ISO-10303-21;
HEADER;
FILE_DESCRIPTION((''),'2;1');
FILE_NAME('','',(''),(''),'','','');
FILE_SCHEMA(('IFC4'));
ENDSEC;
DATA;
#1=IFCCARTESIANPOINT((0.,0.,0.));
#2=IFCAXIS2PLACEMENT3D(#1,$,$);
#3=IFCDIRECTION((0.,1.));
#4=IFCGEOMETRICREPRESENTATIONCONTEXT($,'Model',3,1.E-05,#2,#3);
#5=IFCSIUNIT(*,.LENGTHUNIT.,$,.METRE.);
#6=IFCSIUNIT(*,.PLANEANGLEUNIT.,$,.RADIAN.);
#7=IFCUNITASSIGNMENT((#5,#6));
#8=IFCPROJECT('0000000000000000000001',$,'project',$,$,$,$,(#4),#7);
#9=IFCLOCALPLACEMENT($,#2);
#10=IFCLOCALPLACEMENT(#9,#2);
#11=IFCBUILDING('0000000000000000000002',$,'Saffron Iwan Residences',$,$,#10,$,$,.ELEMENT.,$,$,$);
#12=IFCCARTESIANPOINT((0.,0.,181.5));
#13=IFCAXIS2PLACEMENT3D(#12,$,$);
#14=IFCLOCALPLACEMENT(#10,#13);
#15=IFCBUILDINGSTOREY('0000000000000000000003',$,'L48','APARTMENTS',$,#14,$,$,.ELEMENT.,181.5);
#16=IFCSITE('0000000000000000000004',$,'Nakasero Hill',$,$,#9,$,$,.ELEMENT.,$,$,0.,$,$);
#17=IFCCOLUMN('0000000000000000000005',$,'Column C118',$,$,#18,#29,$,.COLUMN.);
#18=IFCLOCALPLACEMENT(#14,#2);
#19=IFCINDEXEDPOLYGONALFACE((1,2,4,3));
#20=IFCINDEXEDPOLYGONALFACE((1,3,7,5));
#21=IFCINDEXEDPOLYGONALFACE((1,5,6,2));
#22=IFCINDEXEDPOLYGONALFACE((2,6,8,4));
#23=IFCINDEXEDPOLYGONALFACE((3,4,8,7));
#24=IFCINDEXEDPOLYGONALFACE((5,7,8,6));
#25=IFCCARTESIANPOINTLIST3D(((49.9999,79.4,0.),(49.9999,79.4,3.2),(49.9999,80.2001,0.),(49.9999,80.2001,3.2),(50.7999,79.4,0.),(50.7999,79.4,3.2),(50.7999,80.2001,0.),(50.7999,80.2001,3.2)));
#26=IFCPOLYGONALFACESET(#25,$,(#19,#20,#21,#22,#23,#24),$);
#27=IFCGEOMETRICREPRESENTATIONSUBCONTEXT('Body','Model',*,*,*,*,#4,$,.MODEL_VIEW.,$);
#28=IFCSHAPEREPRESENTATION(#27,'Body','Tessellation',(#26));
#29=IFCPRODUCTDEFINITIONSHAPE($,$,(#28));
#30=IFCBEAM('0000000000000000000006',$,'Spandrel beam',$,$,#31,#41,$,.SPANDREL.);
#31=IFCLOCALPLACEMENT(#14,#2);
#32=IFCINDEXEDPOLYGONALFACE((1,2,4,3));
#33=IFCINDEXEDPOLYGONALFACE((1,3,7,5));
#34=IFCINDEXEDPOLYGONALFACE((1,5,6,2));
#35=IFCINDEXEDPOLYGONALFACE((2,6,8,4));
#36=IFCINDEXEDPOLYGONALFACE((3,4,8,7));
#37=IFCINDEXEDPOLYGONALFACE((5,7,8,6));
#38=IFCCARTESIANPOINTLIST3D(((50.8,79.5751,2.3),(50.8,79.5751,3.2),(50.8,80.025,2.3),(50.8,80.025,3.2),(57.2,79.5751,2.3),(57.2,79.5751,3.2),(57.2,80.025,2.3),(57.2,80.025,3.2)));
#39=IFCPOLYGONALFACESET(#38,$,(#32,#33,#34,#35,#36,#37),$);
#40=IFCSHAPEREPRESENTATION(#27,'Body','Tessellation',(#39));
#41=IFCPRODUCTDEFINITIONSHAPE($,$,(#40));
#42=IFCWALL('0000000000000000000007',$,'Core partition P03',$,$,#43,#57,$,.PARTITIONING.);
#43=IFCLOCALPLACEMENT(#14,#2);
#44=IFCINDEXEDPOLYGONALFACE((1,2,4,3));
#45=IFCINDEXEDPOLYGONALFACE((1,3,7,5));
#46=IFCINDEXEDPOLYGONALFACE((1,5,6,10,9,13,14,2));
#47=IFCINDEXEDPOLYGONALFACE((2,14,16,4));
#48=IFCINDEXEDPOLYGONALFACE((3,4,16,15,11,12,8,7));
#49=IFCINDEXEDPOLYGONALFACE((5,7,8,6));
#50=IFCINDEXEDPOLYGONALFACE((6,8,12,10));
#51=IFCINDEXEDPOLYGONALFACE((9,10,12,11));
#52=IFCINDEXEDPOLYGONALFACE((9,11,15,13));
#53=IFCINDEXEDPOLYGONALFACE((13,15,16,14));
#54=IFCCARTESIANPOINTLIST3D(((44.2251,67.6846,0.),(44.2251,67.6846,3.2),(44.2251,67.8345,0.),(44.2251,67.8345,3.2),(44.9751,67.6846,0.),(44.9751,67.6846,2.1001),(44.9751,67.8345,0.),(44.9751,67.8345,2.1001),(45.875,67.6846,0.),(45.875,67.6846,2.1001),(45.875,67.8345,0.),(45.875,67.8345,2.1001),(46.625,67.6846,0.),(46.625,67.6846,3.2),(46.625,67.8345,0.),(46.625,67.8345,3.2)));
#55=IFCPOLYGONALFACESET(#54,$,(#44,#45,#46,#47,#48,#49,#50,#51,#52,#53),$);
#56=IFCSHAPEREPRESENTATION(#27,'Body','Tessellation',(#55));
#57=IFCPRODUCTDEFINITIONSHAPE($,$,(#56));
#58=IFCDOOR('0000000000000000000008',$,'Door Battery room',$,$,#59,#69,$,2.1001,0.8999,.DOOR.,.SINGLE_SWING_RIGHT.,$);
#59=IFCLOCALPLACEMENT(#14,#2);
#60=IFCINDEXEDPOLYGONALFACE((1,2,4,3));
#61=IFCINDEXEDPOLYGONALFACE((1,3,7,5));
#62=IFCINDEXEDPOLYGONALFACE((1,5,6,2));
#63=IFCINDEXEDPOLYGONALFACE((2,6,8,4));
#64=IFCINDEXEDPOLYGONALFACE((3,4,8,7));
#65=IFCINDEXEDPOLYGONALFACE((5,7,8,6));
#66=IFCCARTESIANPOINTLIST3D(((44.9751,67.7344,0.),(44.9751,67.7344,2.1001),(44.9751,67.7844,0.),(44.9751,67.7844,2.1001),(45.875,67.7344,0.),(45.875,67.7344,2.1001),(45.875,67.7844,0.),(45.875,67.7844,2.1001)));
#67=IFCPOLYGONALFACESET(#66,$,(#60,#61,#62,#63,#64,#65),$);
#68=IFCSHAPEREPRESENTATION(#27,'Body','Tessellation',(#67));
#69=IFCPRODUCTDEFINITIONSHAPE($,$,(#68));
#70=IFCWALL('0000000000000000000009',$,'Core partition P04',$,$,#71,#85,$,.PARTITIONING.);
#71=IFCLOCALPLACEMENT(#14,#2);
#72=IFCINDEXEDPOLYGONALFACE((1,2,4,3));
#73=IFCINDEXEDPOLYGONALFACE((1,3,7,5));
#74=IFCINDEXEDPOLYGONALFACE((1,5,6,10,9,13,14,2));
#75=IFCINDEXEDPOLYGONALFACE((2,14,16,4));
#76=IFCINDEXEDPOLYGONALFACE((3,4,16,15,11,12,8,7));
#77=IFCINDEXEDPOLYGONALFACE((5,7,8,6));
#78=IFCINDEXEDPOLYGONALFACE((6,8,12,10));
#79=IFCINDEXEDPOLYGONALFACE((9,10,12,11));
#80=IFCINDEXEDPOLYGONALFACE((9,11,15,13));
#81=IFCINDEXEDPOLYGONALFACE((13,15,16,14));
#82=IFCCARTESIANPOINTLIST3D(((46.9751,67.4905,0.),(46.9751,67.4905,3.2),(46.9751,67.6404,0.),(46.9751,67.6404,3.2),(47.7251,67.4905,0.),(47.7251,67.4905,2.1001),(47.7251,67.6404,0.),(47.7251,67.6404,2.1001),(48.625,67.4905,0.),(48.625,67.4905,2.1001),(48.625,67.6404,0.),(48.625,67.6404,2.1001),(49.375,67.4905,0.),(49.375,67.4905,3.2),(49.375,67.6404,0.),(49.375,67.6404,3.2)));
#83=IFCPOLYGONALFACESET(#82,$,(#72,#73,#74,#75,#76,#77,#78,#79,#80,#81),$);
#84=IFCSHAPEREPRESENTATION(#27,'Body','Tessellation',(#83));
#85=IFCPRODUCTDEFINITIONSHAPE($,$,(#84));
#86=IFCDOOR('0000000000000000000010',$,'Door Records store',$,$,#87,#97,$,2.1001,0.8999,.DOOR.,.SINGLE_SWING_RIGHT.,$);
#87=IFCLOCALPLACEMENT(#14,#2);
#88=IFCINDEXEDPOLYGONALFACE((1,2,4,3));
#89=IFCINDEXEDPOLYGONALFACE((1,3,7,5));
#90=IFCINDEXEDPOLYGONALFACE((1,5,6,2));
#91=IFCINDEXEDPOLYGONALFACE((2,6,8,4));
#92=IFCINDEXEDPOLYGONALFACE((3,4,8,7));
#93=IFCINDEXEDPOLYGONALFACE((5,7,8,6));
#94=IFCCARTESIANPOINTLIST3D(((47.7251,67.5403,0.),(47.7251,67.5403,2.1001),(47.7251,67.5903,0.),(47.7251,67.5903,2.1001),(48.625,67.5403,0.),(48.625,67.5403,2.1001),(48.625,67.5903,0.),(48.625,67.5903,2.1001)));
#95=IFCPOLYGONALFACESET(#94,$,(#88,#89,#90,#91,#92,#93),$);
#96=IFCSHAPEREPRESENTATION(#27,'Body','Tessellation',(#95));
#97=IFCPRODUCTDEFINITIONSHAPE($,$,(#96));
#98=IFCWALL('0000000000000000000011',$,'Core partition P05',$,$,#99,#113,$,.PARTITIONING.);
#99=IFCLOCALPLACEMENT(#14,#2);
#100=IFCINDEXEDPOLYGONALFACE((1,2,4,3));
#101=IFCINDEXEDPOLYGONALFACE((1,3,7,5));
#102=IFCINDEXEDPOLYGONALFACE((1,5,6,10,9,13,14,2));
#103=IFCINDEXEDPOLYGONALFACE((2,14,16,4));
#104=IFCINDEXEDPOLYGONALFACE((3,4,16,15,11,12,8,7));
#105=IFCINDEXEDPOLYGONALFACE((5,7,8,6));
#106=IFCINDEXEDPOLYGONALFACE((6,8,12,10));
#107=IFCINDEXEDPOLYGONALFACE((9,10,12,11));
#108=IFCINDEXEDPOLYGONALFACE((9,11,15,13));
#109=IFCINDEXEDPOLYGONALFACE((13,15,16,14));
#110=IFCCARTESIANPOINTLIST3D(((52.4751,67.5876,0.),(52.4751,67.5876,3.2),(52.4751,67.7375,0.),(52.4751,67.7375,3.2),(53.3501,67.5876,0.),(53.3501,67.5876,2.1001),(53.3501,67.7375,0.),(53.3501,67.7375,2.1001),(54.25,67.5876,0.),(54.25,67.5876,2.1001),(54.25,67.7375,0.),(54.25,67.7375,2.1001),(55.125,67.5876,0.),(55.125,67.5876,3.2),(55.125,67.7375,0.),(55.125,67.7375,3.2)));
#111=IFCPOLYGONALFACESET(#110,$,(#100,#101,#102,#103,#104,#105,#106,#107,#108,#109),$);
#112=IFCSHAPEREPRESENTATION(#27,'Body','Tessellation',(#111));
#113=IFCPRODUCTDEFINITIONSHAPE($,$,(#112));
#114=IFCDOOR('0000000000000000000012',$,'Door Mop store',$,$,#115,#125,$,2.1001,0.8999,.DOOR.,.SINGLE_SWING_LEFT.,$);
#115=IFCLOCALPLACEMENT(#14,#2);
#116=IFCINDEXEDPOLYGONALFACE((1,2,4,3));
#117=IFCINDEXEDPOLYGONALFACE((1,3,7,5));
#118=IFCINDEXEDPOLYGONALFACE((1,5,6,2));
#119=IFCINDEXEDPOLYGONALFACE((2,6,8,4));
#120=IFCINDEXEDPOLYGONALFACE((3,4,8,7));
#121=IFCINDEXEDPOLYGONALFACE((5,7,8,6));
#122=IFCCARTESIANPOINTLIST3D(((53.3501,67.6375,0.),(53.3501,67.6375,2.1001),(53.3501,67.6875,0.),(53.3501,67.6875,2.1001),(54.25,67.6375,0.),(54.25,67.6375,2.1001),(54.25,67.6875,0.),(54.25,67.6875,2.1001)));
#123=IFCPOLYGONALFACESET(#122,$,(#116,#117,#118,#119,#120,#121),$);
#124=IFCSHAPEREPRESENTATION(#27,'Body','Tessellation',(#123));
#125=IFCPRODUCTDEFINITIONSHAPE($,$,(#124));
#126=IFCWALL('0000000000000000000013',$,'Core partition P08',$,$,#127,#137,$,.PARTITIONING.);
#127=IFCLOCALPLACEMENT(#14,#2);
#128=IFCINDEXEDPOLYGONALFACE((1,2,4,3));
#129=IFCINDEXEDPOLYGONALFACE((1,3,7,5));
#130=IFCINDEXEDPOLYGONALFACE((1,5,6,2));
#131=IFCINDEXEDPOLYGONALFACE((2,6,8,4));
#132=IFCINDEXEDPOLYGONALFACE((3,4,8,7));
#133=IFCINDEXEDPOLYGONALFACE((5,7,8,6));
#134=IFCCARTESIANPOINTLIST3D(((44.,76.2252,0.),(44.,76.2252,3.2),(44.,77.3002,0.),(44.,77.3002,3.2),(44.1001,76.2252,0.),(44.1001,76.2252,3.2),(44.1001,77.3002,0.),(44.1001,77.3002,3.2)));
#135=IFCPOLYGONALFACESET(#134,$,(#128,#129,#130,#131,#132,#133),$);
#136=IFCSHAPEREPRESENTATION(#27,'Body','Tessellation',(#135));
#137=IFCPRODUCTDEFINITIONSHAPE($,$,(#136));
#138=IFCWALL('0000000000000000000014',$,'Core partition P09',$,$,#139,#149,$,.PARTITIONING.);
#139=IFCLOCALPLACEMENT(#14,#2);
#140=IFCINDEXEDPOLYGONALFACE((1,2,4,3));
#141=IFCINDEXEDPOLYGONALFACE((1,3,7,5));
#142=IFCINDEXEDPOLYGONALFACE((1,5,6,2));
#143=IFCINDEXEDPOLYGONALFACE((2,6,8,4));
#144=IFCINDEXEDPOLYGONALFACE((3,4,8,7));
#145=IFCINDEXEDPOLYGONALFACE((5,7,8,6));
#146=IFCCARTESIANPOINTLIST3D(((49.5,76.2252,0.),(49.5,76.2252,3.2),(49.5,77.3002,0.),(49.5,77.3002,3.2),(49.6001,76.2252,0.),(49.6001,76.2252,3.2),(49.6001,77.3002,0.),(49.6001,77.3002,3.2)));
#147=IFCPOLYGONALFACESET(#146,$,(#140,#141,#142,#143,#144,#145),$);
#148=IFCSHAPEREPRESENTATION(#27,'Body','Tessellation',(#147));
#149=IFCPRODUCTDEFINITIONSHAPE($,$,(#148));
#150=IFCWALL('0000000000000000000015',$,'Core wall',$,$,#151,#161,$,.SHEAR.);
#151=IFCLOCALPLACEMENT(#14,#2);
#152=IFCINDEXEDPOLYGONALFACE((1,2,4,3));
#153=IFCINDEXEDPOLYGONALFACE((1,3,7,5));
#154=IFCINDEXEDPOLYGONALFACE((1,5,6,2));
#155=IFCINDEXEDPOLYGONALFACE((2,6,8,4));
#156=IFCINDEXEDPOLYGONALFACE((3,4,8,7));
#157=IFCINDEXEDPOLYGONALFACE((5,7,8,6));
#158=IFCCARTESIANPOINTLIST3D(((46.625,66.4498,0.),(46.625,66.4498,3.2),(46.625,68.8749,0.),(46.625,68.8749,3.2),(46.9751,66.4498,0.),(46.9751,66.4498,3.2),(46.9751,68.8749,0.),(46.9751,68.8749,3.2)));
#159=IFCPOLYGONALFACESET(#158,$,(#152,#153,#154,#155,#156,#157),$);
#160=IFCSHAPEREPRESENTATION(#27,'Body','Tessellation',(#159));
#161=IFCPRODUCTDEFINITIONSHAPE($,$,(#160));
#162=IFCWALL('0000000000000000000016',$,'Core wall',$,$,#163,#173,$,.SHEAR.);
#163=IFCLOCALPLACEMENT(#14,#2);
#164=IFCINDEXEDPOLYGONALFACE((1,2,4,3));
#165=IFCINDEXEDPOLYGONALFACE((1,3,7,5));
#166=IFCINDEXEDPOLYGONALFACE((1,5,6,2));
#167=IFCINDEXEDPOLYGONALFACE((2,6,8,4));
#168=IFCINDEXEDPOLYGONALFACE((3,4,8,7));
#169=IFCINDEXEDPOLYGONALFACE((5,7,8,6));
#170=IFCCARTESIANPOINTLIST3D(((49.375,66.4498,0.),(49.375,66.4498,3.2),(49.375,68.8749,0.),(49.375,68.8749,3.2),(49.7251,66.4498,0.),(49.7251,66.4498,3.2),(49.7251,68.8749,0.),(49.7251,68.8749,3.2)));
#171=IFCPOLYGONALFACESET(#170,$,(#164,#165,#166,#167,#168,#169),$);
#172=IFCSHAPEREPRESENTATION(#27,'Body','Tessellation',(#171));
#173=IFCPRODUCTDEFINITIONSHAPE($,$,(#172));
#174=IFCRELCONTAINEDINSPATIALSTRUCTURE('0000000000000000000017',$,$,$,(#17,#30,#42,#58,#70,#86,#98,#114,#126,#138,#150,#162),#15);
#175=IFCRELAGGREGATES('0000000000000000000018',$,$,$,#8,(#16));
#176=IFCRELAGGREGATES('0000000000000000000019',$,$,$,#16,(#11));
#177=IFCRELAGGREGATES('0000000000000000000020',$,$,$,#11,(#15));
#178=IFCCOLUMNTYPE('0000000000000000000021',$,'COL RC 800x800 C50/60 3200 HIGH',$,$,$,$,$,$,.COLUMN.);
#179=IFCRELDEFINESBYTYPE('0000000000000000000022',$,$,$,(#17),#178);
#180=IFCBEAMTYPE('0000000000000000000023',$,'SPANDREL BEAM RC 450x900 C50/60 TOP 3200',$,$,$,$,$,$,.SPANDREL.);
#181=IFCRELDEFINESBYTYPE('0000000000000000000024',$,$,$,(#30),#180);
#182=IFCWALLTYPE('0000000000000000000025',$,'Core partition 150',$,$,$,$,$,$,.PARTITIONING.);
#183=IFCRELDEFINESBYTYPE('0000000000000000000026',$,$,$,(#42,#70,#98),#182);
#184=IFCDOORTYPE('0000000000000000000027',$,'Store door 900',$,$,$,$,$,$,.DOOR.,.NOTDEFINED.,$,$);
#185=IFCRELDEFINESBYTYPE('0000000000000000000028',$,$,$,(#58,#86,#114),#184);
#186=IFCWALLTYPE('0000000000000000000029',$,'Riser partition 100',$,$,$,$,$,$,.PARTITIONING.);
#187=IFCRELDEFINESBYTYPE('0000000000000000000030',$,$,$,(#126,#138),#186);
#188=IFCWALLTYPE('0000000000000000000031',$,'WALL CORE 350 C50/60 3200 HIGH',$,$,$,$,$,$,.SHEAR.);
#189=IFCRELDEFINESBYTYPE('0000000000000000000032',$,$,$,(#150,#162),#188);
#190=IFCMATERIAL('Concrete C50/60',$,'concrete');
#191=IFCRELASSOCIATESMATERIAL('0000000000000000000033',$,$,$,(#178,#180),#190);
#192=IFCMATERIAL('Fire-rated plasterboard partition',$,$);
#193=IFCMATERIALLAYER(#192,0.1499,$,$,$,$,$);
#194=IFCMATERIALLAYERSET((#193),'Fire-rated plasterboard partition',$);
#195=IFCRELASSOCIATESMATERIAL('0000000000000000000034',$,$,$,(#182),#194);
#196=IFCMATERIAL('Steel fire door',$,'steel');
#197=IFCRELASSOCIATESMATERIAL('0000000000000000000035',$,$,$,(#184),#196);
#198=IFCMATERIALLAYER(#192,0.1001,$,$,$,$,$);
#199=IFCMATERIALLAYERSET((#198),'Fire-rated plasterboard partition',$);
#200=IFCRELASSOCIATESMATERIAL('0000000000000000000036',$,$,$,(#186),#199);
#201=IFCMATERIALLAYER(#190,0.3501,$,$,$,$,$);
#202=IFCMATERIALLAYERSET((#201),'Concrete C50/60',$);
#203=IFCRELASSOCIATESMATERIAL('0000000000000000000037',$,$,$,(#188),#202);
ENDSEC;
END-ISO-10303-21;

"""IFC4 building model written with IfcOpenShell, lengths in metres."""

from ifc_helpers import new_model, si_unit, direction, frame, frame_2d, origin, origin_2d, place, context, subcontext, project, spatial, rectangle, extrude, source, transform, mapped, material, layer, layer_set, material_profile, profile_set, type_object, element, fill, save


model = new_model("IFC4")

# Units and contexts
model_context = context("Model", 3, precision=1e-05, world=origin(), true_north=direction((0.0, 1.0)))
body_context = subcontext(model_context, "Body", "Model", "MODEL_VIEW")
ifc_project = project(units=[si_unit("LENGTHUNIT", "METRE"), si_unit("PLANEANGLEUNIT", "RADIAN")], contexts=[model_context])

# Site, building, storey
site_placement = place(None, origin())
site = spatial("IfcSite", under=ifc_project, at=site_placement, Name="Nakasero Hill", CompositionType="ELEMENT", RefElevation=0.0)
building_placement = place(site_placement, origin())
building = spatial("IfcBuilding", under=site, at=building_placement, Name="Saffron Iwan Residences", CompositionType="ELEMENT")
storey_placement = place(building_placement, frame((0.0, 0.0, 181.5)))
storey = spatial("IfcBuildingStorey", under=building, at=storey_placement, Name="L48", Description="APARTMENTS", CompositionType="ELEMENT", Elevation=181.5)

# Column
ifc_material_1 = material(Name="Concrete C50/60", Category="concrete")
ifc_material_profile_1 = material_profile(ifc_material_1, rectangle(XDim=0.8, YDim=0.8, at=origin_2d()), Name="RC 800x800")
ifc_profile_set_1 = profile_set([ifc_material_profile_1], Name="Concrete C50/60")
column_type = type_object("IfcColumnType", Name="COL RC 800x800 C50/60 3200 HIGH", PredefinedType="COLUMN", material=ifc_profile_set_1)
shared_shape_1 = source(origin(), body_context, "Body", "SweptSolid", [
    extrude(rectangle(XDim=0.8, YDim=0.8, at=origin_2d()), origin(), (0.0, 0.0, 1.0), 3.2),
])
column_placement = place(storey_placement, frame((50.3999, 79.8, 0.0), z_axis=(0.0, 0.0, 1.0), x_axis=(1.0, 0.0, 0.0)))
element("IfcColumn", 1, at=column_placement, inside=storey, type_object=column_type, Name="Column C118", PredefinedType="COLUMN", context=body_context, shape_type="MappedRepresentation", body=[
    mapped(shared_shape_1, transform((0.0, 0.0, 0.0))),
])

# Beam
ifc_material_profile_2 = material_profile(ifc_material_1, rectangle(XDim=0.45, YDim=0.8999, at=origin_2d()), Name="RC 450x900")
ifc_profile_set_2 = profile_set([ifc_material_profile_2], Name="Concrete C50/60")
beam_type = type_object("IfcBeamType", Name="SPANDREL BEAM RC 450x900 C50/60 TOP 3200", PredefinedType="SPANDREL", material=ifc_profile_set_2)
shared_shape_2 = source(origin(), body_context, "Body", "SweptSolid", [
    extrude(rectangle(XDim=0.45, YDim=0.8999, at=origin_2d()), origin(), (0.0, 0.0, 1.0), 6.3999),
])
beam_placement = place(storey_placement, frame((50.8, 79.8, 2.75), z_axis=(1.0, 0.0, 0.0), x_axis=(0.0, 1.0, 0.0)))
element("IfcBeam", 2, at=beam_placement, inside=storey, type_object=beam_type, Name="Spandrel beam", PredefinedType="SPANDREL", context=body_context, shape_type="MappedRepresentation", body=[
    mapped(shared_shape_2, transform((0.0, 0.0, 0.0))),
])

# Walls, openings, doors
ifc_material_2 = material(Name="Fire-rated plasterboard partition")
ifc_layer_1 = layer(ifc_material_2, 0.1499)
ifc_layer_set_1 = layer_set([ifc_layer_1], Name="Fire-rated plasterboard partition")
wall_type_1 = type_object("IfcWallType", Name="Core partition 150", PredefinedType="PARTITIONING", material=ifc_layer_set_1)
wall_1_placement = place(storey_placement, frame((44.2251, 67.7595, 0.0), z_axis=(0.0, 0.0, 1.0), x_axis=(1.0, 0.0, 0.0)))
wall_1 = element("IfcWall", 3, at=wall_1_placement, inside=storey, type_object=wall_type_1, Name="Core partition P03", PredefinedType="PARTITIONING", context=body_context, shape_type="SweptSolid", body=[
    extrude(rectangle(XDim=2.3999, YDim=0.1499, at=frame_2d((1.2, 0.0))), origin(), (0.0, 0.0, 1.0), 3.2),
])
opening_1_placement = place(wall_1_placement, frame((0.75, 0.0, 0.0)))
opening_1 = element("IfcOpeningElement", 4, at=opening_1_placement, cuts=wall_1, PredefinedType="OPENING", context=body_context, shape_type="SweptSolid", body=[
    extrude(rectangle(XDim=0.8999, YDim=2.1001, at=frame_2d((0.45, 1.05))), frame((0.0, 0.085, 0.0), z_axis=(0.0, -1.0, 0.0), x_axis=(1.0, 0.0, 0.0)), (0.0, 0.0, 1.0), 0.1699),
])
ifc_material_3 = material(Name="Steel fire door", Category="steel")
door_type = type_object("IfcDoorType", Name="Store door 900", OperationType="NOTDEFINED", PredefinedType="DOOR", material=ifc_material_3)
door_1_placement = place(opening_1_placement, origin())
door_1 = element("IfcDoor", 5, at=door_1_placement, inside=storey, type_object=door_type, Name="Door Battery room", OperationType="SINGLE_SWING_RIGHT", OverallHeight=2.1001, OverallWidth=0.8999, PredefinedType="DOOR", context=body_context, shape_type="SweptSolid", body=[
    extrude(rectangle(XDim=0.8999, YDim=2.1001, at=frame_2d((0.45, 1.05))), frame((0.0, 0.0249, 0.0), z_axis=(0.0, -1.0, 0.0), x_axis=(1.0, 0.0, 0.0)), (0.0, 0.0, 1.0), 0.05),
])
fill(opening_1, door_1)
wall_2_placement = place(storey_placement, frame((46.9751, 67.5654, 0.0), z_axis=(0.0, 0.0, 1.0), x_axis=(1.0, 0.0, 0.0)))
wall_2 = element("IfcWall", 6, at=wall_2_placement, inside=storey, type_object=wall_type_1, Name="Core partition P04", PredefinedType="PARTITIONING", context=body_context, shape_type="SweptSolid", body=[
    extrude(rectangle(XDim=2.3999, YDim=0.1499, at=frame_2d((1.2, 0.0))), origin(), (0.0, 0.0, 1.0), 3.2),
])
opening_2_placement = place(wall_2_placement, frame((0.75, 0.0, 0.0)))
opening_2 = element("IfcOpeningElement", 7, at=opening_2_placement, cuts=wall_2, PredefinedType="OPENING", context=body_context, shape_type="SweptSolid", body=[
    extrude(rectangle(XDim=0.8999, YDim=2.1001, at=frame_2d((0.45, 1.05))), frame((0.0, 0.085, 0.0), z_axis=(0.0, -1.0, 0.0), x_axis=(1.0, 0.0, 0.0)), (0.0, 0.0, 1.0), 0.1699),
])
door_2_placement = place(opening_2_placement, origin())
door_2 = element("IfcDoor", 8, at=door_2_placement, inside=storey, type_object=door_type, Name="Door Records store", OperationType="SINGLE_SWING_RIGHT", OverallHeight=2.1001, OverallWidth=0.8999, PredefinedType="DOOR", context=body_context, shape_type="SweptSolid", body=[
    extrude(rectangle(XDim=0.8999, YDim=2.1001, at=frame_2d((0.45, 1.05))), frame((0.0, 0.0249, 0.0), z_axis=(0.0, -1.0, 0.0), x_axis=(1.0, 0.0, 0.0)), (0.0, 0.0, 1.0), 0.05),
])
fill(opening_2, door_2)
wall_3_placement = place(storey_placement, frame((52.4751, 67.6626, 0.0), z_axis=(0.0, 0.0, 1.0), x_axis=(1.0, 0.0, 0.0)))
wall_3 = element("IfcWall", 9, at=wall_3_placement, inside=storey, type_object=wall_type_1, Name="Core partition P05", PredefinedType="PARTITIONING", context=body_context, shape_type="SweptSolid", body=[
    extrude(rectangle(XDim=2.6499, YDim=0.1499, at=frame_2d((1.325, 0.0))), origin(), (0.0, 0.0, 1.0), 3.2),
])
opening_3_placement = place(wall_3_placement, frame((0.875, 0.0, 0.0)))
opening_3 = element("IfcOpeningElement", 10, at=opening_3_placement, cuts=wall_3, PredefinedType="OPENING", context=body_context, shape_type="SweptSolid", body=[
    extrude(rectangle(XDim=0.8999, YDim=2.1001, at=frame_2d((0.45, 1.05))), frame((0.0, 0.085, 0.0), z_axis=(0.0, -1.0, 0.0), x_axis=(1.0, 0.0, 0.0)), (0.0, 0.0, 1.0), 0.1699),
])
door_3_placement = place(opening_3_placement, origin())
door_3 = element("IfcDoor", 11, at=door_3_placement, inside=storey, type_object=door_type, Name="Door Mop store", OperationType="SINGLE_SWING_LEFT", OverallHeight=2.1001, OverallWidth=0.8999, PredefinedType="DOOR", context=body_context, shape_type="SweptSolid", body=[
    extrude(rectangle(XDim=0.8999, YDim=2.1001, at=frame_2d((0.45, 1.05))), frame((0.0, 0.0249, 0.0), z_axis=(0.0, -1.0, 0.0), x_axis=(1.0, 0.0, 0.0)), (0.0, 0.0, 1.0), 0.05),
])
fill(opening_3, door_3)

# Walls
ifc_layer_2 = layer(ifc_material_2, 0.1001)
ifc_layer_set_2 = layer_set([ifc_layer_2], Name="Fire-rated plasterboard partition")
wall_type_2 = type_object("IfcWallType", Name="Riser partition 100", PredefinedType="PARTITIONING", material=ifc_layer_set_2)
for number, where, z_axis, x_axis, name in (
    (12, (44.05, 76.2251, 0.0), (0.0, 0.0, 1.0), (0.0, 1.0, 0.0), "Core partition P08"),
    (13, (49.55, 76.2251, 0.0), (0.0, 0.0, 1.0), (0.0, 1.0, 0.0), "Core partition P09"),
):
    element("IfcWall", number, at=place(storey_placement, frame(where, z_axis=z_axis, x_axis=x_axis)), inside=storey, type_object=wall_type_2, Name=name, PredefinedType="PARTITIONING", context=body_context, shape_type="SweptSolid", body=[
        extrude(rectangle(XDim=1.075, YDim=0.1001, at=frame_2d((0.5376, 0.0))), origin(), (0.0, 0.0, 1.0), 3.2),
    ])
ifc_layer_3 = layer(ifc_material_1, 0.3501)
ifc_layer_set_3 = layer_set([ifc_layer_3], Name="Concrete C50/60")
wall_type_3 = type_object("IfcWallType", Name="WALL CORE 350 C50/60 3200 HIGH", PredefinedType="SHEAR", material=ifc_layer_set_3)
for number, where, z_axis, x_axis, name in (
    (14, (46.8, 66.45, 0.0), (0.0, 0.0, 1.0), (0.0, 1.0, 0.0), "Core wall"),
    (15, (49.55, 66.45, 0.0), (0.0, 0.0, 1.0), (0.0, 1.0, 0.0), "Core wall"),
):
    element("IfcWall", number, at=place(storey_placement, frame(where, z_axis=z_axis, x_axis=x_axis)), inside=storey, type_object=wall_type_3, Name=name, PredefinedType="SHEAR", context=body_context, shape_type="SweptSolid", body=[
        extrude(rectangle(XDim=2.425, YDim=0.3501, at=frame_2d((1.2124, 0.0))), origin(), (0.0, 0.0, 1.0), 3.2),
    ])

save(model, "model.ifc")
